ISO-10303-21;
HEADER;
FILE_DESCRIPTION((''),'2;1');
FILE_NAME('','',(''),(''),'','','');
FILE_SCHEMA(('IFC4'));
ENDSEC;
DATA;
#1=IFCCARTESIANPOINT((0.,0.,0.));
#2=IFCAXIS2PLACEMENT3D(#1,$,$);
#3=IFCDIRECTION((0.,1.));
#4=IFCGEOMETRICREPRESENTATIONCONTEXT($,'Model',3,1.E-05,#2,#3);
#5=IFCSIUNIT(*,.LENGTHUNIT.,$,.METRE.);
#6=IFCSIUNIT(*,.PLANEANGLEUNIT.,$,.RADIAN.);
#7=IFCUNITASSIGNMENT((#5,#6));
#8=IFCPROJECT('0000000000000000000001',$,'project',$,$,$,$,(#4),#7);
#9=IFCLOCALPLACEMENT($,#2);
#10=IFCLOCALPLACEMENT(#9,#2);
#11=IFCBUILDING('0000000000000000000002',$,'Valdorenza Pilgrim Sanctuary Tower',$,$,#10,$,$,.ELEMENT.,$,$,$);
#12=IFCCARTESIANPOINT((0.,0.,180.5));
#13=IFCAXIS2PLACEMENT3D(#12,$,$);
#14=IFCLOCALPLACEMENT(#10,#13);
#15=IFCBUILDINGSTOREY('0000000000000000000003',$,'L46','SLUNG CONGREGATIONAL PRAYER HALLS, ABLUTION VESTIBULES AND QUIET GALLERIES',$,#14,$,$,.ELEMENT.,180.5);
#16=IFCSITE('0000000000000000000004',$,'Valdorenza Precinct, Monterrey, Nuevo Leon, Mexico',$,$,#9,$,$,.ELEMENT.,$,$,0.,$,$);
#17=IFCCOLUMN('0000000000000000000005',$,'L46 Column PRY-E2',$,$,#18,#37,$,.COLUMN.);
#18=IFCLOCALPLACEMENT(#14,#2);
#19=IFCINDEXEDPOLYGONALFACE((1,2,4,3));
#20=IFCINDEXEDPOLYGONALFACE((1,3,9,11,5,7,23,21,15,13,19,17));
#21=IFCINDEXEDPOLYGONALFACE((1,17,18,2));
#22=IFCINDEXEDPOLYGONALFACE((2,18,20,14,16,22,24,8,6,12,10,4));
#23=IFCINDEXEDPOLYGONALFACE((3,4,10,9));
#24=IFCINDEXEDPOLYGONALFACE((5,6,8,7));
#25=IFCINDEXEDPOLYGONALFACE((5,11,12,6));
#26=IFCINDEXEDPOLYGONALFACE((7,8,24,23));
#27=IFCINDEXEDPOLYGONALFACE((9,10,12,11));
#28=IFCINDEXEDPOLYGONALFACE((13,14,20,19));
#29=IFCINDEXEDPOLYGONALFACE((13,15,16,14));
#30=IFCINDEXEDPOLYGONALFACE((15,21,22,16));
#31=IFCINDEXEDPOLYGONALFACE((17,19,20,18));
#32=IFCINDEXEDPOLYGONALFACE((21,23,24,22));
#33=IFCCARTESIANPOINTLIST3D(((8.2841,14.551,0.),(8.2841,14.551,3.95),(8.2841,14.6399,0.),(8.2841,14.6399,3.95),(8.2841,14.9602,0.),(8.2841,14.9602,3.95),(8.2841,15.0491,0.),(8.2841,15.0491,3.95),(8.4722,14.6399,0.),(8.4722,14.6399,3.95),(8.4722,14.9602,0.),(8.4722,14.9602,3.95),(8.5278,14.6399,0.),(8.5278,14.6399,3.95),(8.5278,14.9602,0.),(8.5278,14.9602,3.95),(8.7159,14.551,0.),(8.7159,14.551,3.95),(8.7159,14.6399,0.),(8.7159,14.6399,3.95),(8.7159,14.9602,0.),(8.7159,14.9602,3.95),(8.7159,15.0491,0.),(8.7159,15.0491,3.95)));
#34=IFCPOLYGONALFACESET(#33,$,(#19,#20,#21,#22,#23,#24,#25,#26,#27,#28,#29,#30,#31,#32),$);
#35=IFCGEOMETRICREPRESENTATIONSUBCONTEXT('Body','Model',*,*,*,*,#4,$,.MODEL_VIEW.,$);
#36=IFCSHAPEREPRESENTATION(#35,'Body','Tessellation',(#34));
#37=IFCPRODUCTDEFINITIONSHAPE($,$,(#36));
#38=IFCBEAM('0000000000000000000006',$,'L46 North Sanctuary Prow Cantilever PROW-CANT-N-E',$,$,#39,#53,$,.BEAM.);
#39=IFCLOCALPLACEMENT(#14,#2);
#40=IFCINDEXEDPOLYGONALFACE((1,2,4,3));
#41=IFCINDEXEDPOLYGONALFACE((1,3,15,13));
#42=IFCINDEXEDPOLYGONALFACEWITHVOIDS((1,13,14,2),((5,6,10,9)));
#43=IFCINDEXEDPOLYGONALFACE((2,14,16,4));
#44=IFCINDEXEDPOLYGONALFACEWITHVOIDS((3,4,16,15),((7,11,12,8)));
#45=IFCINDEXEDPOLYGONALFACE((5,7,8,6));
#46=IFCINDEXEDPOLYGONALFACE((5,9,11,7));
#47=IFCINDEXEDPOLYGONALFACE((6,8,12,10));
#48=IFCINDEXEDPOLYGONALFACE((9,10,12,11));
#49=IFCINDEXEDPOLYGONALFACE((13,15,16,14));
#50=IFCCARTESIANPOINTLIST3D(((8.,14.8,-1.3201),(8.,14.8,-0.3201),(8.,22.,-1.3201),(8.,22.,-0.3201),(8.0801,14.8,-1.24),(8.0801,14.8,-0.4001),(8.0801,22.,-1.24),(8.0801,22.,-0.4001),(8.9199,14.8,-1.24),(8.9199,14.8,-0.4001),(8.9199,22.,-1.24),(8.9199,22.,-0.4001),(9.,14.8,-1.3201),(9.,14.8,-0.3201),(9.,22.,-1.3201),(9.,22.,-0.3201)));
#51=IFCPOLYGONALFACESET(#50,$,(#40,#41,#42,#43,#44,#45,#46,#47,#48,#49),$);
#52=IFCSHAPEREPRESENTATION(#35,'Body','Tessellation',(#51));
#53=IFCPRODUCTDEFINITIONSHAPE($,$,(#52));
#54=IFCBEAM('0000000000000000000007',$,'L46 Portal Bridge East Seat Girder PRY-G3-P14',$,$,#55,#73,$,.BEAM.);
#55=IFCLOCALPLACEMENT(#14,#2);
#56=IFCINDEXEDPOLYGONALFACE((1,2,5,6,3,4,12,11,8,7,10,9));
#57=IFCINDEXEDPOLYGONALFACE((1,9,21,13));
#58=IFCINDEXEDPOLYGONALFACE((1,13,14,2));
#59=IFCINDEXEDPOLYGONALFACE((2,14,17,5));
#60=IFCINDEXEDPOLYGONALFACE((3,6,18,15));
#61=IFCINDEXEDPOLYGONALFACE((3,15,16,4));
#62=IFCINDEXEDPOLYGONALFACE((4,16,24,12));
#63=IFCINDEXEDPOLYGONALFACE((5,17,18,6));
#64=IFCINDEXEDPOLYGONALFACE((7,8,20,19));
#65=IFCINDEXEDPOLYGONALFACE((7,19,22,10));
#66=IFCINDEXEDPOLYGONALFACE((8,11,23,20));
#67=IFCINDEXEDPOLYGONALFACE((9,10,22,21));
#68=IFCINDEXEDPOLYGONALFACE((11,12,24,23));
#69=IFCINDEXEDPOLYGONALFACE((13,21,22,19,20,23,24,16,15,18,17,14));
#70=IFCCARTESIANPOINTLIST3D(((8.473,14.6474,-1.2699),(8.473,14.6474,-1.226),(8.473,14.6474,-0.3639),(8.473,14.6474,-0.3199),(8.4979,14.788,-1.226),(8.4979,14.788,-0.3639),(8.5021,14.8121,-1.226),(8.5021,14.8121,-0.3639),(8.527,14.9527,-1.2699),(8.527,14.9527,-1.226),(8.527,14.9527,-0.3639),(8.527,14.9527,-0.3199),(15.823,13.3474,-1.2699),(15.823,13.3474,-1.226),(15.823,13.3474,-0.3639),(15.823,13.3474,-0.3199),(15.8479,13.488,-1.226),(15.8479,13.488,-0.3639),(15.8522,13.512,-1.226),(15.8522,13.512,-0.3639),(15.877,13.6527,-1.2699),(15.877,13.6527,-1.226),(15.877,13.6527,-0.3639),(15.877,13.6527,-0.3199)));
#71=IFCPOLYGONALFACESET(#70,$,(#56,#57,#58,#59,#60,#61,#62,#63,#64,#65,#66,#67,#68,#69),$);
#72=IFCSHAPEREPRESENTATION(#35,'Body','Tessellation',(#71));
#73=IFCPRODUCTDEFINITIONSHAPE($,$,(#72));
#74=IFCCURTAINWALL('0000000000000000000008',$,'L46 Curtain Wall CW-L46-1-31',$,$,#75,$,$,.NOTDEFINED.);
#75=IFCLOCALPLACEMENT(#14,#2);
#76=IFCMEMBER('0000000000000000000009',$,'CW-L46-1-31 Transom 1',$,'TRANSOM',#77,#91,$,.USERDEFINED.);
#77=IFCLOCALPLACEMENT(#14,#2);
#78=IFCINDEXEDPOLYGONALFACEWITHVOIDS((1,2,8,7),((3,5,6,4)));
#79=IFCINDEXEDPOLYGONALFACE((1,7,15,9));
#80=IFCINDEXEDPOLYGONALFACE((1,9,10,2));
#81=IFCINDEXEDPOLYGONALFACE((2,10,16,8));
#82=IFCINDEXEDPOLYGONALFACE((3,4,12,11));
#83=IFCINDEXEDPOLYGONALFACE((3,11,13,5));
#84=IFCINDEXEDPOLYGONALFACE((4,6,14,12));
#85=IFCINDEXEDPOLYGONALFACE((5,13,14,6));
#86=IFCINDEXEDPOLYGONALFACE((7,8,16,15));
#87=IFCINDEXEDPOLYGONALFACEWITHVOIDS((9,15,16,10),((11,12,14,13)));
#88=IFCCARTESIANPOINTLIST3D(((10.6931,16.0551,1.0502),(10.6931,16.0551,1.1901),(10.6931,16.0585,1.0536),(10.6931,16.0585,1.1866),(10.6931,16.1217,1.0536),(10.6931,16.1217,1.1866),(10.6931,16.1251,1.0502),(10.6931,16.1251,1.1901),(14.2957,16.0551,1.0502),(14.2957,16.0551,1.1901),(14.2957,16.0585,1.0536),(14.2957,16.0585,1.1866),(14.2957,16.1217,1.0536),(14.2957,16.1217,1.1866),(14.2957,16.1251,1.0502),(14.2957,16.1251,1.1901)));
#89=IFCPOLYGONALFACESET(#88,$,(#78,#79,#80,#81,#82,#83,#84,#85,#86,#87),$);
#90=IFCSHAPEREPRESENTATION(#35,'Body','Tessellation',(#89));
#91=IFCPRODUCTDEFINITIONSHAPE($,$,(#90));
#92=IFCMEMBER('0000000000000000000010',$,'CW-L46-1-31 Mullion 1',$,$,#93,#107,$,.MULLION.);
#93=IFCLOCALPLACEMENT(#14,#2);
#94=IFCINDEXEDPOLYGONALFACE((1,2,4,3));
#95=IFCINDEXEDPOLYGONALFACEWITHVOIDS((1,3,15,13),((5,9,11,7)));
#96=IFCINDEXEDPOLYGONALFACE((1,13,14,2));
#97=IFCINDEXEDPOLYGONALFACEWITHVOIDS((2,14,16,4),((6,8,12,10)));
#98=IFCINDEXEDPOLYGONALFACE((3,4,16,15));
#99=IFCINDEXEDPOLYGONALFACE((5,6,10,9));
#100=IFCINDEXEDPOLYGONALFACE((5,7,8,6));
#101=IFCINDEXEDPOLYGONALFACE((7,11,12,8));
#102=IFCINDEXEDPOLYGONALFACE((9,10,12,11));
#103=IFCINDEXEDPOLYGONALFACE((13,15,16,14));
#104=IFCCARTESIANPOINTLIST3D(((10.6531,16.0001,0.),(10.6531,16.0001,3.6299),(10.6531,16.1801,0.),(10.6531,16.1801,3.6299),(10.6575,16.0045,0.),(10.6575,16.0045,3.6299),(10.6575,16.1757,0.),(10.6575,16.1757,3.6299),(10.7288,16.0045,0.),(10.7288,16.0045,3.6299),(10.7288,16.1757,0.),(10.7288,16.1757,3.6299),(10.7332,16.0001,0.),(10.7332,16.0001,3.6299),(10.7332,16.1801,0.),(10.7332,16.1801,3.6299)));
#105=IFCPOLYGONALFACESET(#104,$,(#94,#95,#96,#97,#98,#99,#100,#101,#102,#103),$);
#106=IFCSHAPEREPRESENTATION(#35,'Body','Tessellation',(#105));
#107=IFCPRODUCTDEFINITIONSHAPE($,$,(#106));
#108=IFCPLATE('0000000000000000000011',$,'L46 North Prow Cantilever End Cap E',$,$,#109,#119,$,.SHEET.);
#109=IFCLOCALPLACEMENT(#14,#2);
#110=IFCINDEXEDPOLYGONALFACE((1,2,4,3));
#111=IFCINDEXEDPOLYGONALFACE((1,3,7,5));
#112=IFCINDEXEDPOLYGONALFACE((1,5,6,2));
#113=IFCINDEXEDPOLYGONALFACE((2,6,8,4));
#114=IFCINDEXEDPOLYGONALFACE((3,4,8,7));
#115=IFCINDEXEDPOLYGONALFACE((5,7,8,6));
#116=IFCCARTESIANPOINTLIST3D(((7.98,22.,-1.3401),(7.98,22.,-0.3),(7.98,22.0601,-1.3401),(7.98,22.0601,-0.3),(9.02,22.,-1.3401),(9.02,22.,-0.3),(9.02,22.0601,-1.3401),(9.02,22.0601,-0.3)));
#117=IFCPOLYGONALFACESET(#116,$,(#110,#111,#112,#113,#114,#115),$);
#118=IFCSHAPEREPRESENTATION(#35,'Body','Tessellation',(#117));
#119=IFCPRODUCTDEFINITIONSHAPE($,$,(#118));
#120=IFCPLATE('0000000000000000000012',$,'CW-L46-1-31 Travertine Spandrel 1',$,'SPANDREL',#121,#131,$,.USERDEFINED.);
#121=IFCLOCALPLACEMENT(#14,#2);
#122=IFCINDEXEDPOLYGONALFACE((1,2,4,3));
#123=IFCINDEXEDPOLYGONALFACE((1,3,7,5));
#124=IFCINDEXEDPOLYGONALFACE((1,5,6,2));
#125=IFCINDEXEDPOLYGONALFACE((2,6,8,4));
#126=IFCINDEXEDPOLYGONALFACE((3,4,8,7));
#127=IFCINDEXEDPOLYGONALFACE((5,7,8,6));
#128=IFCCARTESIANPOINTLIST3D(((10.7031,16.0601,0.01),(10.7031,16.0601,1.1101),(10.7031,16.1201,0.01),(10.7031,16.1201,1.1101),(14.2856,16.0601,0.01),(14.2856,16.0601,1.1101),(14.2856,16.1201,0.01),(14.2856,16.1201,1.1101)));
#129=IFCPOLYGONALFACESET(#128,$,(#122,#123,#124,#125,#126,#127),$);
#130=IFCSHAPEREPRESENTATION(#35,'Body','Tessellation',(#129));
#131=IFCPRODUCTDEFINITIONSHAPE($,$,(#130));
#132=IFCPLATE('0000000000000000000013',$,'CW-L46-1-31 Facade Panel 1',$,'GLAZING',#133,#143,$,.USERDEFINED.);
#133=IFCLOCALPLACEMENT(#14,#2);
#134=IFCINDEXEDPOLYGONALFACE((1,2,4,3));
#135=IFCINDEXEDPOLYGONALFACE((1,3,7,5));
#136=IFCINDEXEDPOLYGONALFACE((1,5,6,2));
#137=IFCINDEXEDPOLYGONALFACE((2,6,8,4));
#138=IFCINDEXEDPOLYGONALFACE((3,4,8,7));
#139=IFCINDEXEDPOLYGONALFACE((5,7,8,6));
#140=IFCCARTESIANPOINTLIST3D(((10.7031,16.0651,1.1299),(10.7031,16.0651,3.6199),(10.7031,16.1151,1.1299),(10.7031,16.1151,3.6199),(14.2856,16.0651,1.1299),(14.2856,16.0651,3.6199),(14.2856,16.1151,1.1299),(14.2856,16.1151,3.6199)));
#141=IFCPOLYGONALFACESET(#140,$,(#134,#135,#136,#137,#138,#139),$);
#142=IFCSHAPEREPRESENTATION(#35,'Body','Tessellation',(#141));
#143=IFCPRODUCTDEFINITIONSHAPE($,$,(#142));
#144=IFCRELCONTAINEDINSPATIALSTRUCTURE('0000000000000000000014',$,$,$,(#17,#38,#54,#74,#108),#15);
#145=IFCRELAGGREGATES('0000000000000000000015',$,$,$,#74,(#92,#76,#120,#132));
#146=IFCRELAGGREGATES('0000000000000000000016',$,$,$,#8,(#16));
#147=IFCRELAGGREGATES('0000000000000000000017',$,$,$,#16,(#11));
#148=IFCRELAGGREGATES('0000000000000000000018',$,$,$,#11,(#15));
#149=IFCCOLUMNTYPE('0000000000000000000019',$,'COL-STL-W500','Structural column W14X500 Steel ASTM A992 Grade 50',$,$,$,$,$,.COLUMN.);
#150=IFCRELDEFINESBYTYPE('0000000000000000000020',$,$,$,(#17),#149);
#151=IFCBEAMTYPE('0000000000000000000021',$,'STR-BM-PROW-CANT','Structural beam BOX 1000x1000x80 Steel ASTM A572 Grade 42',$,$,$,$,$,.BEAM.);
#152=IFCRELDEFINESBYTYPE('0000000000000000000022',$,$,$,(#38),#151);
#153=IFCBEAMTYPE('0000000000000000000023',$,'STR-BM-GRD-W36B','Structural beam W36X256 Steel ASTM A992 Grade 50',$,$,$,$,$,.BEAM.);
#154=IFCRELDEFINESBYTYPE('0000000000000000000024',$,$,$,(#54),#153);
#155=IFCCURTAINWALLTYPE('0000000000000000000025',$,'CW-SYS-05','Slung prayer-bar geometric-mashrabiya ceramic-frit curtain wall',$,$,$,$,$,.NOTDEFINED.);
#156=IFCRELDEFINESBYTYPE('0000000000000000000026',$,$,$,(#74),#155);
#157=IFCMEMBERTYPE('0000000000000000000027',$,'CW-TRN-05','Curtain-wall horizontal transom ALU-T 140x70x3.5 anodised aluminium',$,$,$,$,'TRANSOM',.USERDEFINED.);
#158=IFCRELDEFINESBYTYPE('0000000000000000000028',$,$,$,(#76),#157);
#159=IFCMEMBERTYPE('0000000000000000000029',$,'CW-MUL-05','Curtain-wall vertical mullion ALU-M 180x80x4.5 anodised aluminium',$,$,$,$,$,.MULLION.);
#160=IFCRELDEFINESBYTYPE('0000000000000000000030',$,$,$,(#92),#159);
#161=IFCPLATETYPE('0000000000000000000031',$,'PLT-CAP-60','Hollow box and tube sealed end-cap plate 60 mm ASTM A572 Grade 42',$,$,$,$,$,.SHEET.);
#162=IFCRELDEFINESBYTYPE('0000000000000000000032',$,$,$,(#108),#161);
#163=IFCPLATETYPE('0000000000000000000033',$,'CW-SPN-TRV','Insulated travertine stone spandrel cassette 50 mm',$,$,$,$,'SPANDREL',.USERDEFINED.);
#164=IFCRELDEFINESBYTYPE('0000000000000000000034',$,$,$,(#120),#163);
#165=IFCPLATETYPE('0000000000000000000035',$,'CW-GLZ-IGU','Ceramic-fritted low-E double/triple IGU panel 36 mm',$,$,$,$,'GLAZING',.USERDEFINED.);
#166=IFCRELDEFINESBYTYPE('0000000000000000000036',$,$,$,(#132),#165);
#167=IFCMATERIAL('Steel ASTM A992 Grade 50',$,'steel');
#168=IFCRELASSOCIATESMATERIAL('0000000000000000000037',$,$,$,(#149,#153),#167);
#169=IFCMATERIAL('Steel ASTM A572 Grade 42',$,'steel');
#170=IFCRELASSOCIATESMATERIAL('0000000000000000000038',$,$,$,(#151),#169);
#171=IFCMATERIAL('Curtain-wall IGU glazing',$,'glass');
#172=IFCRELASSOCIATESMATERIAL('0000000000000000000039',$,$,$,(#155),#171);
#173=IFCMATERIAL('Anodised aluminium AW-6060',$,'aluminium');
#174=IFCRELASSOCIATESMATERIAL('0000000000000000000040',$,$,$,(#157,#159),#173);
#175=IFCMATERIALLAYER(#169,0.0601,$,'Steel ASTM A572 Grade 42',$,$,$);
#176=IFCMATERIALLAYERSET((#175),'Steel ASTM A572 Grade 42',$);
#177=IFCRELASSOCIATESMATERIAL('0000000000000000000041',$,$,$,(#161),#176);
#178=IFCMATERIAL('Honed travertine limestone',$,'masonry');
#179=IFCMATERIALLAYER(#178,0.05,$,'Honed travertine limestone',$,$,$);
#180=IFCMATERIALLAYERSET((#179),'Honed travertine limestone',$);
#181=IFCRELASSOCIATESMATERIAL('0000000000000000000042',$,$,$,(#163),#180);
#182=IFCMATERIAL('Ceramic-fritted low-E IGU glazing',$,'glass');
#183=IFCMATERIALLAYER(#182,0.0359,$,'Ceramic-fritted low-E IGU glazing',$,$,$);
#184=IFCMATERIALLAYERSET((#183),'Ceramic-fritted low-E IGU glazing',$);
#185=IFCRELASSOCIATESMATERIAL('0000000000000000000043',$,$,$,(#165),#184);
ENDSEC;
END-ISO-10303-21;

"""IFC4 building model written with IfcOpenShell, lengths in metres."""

from ifc_helpers import new_model, si_unit, direction, frame, origin, origin_2d, place, context, subcontext, project, spatial, rectangle, hollow_rectangle, i_section, extrude, source, transform, mapped, material, layer, layer_set, material_profile, profile_set, type_object, element, aggregate, save


model = new_model("IFC4")

# Units and contexts
model_context = context("Model", 3, precision=1e-05, world=origin(), true_north=direction((0.0, 1.0)))
body_context = subcontext(model_context, "Body", "Model", "MODEL_VIEW")
ifc_project = project(units=[si_unit("LENGTHUNIT", "METRE"), si_unit("PLANEANGLEUNIT", "RADIAN")], contexts=[model_context])

# Site, building, storey
site_placement = place(None, origin())
site = spatial("IfcSite", under=ifc_project, at=site_placement, Name="Valdorenza Precinct, Monterrey, Nuevo Leon, Mexico", CompositionType="ELEMENT", RefElevation=0.0)
building_placement = place(site_placement, origin())
building = spatial("IfcBuilding", under=site, at=building_placement, Name="Valdorenza Pilgrim Sanctuary Tower", CompositionType="ELEMENT")
storey_placement = place(building_placement, frame((0.0, 0.0, 180.5)))
storey = spatial("IfcBuildingStorey", under=building, at=storey_placement, Name="L46", Description="SLUNG CONGREGATIONAL PRAYER HALLS, ABLUTION VESTIBULES AND QUIET GALLERIES", CompositionType="ELEMENT", Elevation=180.5)

# Column
ifc_material_1 = material(Name="Steel ASTM A992 Grade 50", Category="steel")
ifc_material_profile_1 = material_profile(ifc_material_1, i_section(OverallWidth=0.4319, OverallDepth=0.498, WebThickness=0.0557, FlangeThickness=0.0889, at=origin_2d()), Name="W14X500")
ifc_profile_set_1 = profile_set([ifc_material_profile_1], Name="Steel ASTM A992 Grade 50")
column_type = type_object("IfcColumnType", Name="COL-STL-W500", Description="Structural column W14X500 Steel ASTM A992 Grade 50", PredefinedType="COLUMN", material=ifc_profile_set_1)
shared_shape_1 = source(origin(), body_context, "Body", "SweptSolid", [
    extrude(i_section(OverallWidth=0.4319, OverallDepth=0.498, WebThickness=0.0557, FlangeThickness=0.0889, at=origin_2d()), origin(), (0.0, 0.0, 1.0), 3.95),
])
column_placement = place(storey_placement, frame((8.5, 14.8, 0.0), z_axis=(0.0, 0.0, 1.0), x_axis=(1.0, 0.0, 0.0)))
element("IfcColumn", 1, at=column_placement, inside=storey, type_object=column_type, Name="L46 Column PRY-E2", PredefinedType="COLUMN", context=body_context, shape_type="MappedRepresentation", body=[
    mapped(shared_shape_1, transform((0.0, 0.0, 0.0), x_axis=(1.0, 0.0, 0.0), y_axis=(0.0, 1.0, 0.0), z_axis=(0.0, 0.0, 1.0), scale=1.0)),
])

# Beams
ifc_material_2 = material(Name="Steel ASTM A572 Grade 42", Category="steel")
ifc_material_profile_2 = material_profile(ifc_material_2, hollow_rectangle(XDim=1.0, YDim=1.0, WallThickness=0.0801, at=origin_2d()), Name="BOX 1000x1000x80")
ifc_profile_set_2 = profile_set([ifc_material_profile_2], Name="Steel ASTM A572 Grade 42")
beam_type_1 = type_object("IfcBeamType", Name="STR-BM-PROW-CANT", Description="Structural beam BOX 1000x1000x80 Steel ASTM A572 Grade 42", PredefinedType="BEAM", material=ifc_profile_set_2)
shared_shape_2 = source(origin(), body_context, "Body", "SweptSolid", [
    extrude(hollow_rectangle(XDim=1.0, YDim=1.0, WallThickness=0.0801, at=origin_2d()), origin(), (0.0, 0.0, 1.0), 7.2),
])
beam_1_placement = place(storey_placement, frame((8.5, 14.8, -0.8201), z_axis=(0.0, 1.0, 0.0), x_axis=(-1.0, 0.0, 0.0)))
element("IfcBeam", 2, at=beam_1_placement, inside=storey, type_object=beam_type_1, Name="L46 North Sanctuary Prow Cantilever PROW-CANT-N-E", PredefinedType="BEAM", context=body_context, shape_type="MappedRepresentation", body=[
    mapped(shared_shape_2, transform((0.0, 0.0, 0.0), x_axis=(1.0, 0.0, 0.0), y_axis=(0.0, 1.0, 0.0), z_axis=(0.0, 0.0, 1.0), scale=1.0)),
])
ifc_material_profile_3 = material_profile(ifc_material_1, i_section(OverallWidth=0.3101, OverallDepth=0.95, WebThickness=0.0244, FlangeThickness=0.0439, at=origin_2d()), Name="W36X256")
ifc_profile_set_3 = profile_set([ifc_material_profile_3], Name="Steel ASTM A992 Grade 50")
beam_type_2 = type_object("IfcBeamType", Name="STR-BM-GRD-W36B", Description="Structural beam W36X256 Steel ASTM A992 Grade 50", PredefinedType="BEAM", material=ifc_profile_set_3)
shared_shape_3 = source(origin(), body_context, "Body", "SweptSolid", [
    extrude(i_section(OverallWidth=0.3101, OverallDepth=0.95, WebThickness=0.0244, FlangeThickness=0.0439, at=origin_2d()), origin(), (0.0, 0.0, 1.0), 7.4641),
])
beam_2_placement = place(storey_placement, frame((8.5, 14.8, -0.7949), z_axis=(0.984715, -0.174172, 0.0), x_axis=(0.174172, 0.984715, 0.0)))
element("IfcBeam", 3, at=beam_2_placement, inside=storey, type_object=beam_type_2, Name="L46 Portal Bridge East Seat Girder PRY-G3-P14", PredefinedType="BEAM", context=body_context, shape_type="MappedRepresentation", body=[
    mapped(shared_shape_3, transform((0.0, 0.0, 0.0), x_axis=(1.0, 0.0, 0.0), y_axis=(0.0, 1.0, 0.0), z_axis=(0.0, 0.0, 1.0), scale=1.0)),
])

# Curtain wall, members
ifc_material_3 = material(Name="Curtain-wall IGU glazing", Category="glass")
curtain_wall_type = type_object("IfcCurtainWallType", Name="CW-SYS-05", Description="Slung prayer-bar geometric-mashrabiya ceramic-frit curtain wall", PredefinedType="NOTDEFINED", material=ifc_material_3)
curtain_wall_placement = place(storey_placement, origin())
curtain_wall = element("IfcCurtainWall", 4, at=curtain_wall_placement, inside=storey, type_object=curtain_wall_type, Name="L46 Curtain Wall CW-L46-1-31", PredefinedType="NOTDEFINED")
ifc_material_4 = material(Name="Anodised aluminium AW-6060", Category="aluminium")
ifc_material_profile_4 = material_profile(ifc_material_4, hollow_rectangle(XDim=0.0701, YDim=0.1399, WallThickness=0.0034, at=origin_2d()), Name="ALU-T 140x70x3.5")
ifc_profile_set_4 = profile_set([ifc_material_profile_4], Name="Anodised aluminium AW-6060")
member_type_1 = type_object("IfcMemberType", Name="CW-TRN-05", Description="Curtain-wall horizontal transom ALU-T 140x70x3.5 anodised aluminium", ElementType="TRANSOM", PredefinedType="USERDEFINED", material=ifc_profile_set_4)
shared_shape_4 = source(origin(), body_context, "Body", "SweptSolid", [
    extrude(hollow_rectangle(XDim=0.0701, YDim=0.1399, WallThickness=0.0034, at=origin_2d()), origin(), (0.0, 0.0, 1.0), 3.6025),
])
member_1_placement = place(storey_placement, frame((10.6931, 16.0901, 1.1201), z_axis=(1.0, 0.0, 0.0), x_axis=(0.0, 1.0, 0.0)))
member_1 = element("IfcMember", 5, at=member_1_placement, type_object=member_type_1, Name="CW-L46-1-31 Transom 1", ObjectType="TRANSOM", PredefinedType="USERDEFINED", context=body_context, shape_type="MappedRepresentation", body=[
    mapped(shared_shape_4, transform((0.0, 0.0, 0.0), x_axis=(1.0, 0.0, 0.0), y_axis=(0.0, 1.0, 0.0), z_axis=(0.0, 0.0, 1.0), scale=1.0)),
])
ifc_material_profile_5 = material_profile(ifc_material_4, hollow_rectangle(XDim=0.0801, YDim=0.1799, WallThickness=0.0044, at=origin_2d()), Name="ALU-M 180x80x4.5")
ifc_profile_set_5 = profile_set([ifc_material_profile_5], Name="Anodised aluminium AW-6060")
member_type_2 = type_object("IfcMemberType", Name="CW-MUL-05", Description="Curtain-wall vertical mullion ALU-M 180x80x4.5 anodised aluminium", PredefinedType="MULLION", material=ifc_profile_set_5)
shared_shape_5 = source(origin(), body_context, "Body", "SweptSolid", [
    extrude(hollow_rectangle(XDim=0.0801, YDim=0.1799, WallThickness=0.0044, at=origin_2d()), origin(), (0.0, 0.0, 1.0), 3.6299),
])
member_2_placement = place(storey_placement, frame((10.6931, 16.0901, 0.0), z_axis=(0.0, 0.0, 1.0), x_axis=(1.0, 0.0, 0.0)))
member_2 = element("IfcMember", 6, at=member_2_placement, type_object=member_type_2, Name="CW-L46-1-31 Mullion 1", PredefinedType="MULLION", context=body_context, shape_type="MappedRepresentation", body=[
    mapped(shared_shape_5, transform((0.0, 0.0, 0.0), x_axis=(1.0, 0.0, 0.0), y_axis=(0.0, 1.0, 0.0), z_axis=(0.0, 0.0, 1.0), scale=1.0)),
])

# Plates
ifc_layer_1 = layer(ifc_material_2, 0.0601, Name="Steel ASTM A572 Grade 42")
ifc_layer_set_1 = layer_set([ifc_layer_1], Name="Steel ASTM A572 Grade 42")
plate_type_1 = type_object("IfcPlateType", Name="PLT-CAP-60", Description="Hollow box and tube sealed end-cap plate 60 mm ASTM A572 Grade 42", PredefinedType="SHEET", material=ifc_layer_set_1)
shared_shape_6 = source(origin(), body_context, "Body", "SweptSolid", [
    extrude(rectangle(XDim=1.04, YDim=0.0601, at=origin_2d()), origin(), (0.0, 0.0, 1.0), 1.04),
])
plate_1_placement = place(storey_placement, frame((8.5, 22.03, -1.3401), z_axis=(0.0, 0.0, 1.0), x_axis=(1.0, 0.0, 0.0)))
element("IfcPlate", 7, at=plate_1_placement, inside=storey, type_object=plate_type_1, Name="L46 North Prow Cantilever End Cap E", PredefinedType="SHEET", context=body_context, shape_type="MappedRepresentation", body=[
    mapped(shared_shape_6, transform((0.0, 0.0, 0.0), x_axis=(1.0, 0.0, 0.0), y_axis=(0.0, 1.0, 0.0), z_axis=(0.0, 0.0, 1.0), scale=1.0)),
])
ifc_material_5 = material(Name="Honed travertine limestone", Category="masonry")
ifc_layer_2 = layer(ifc_material_5, 0.05, Name="Honed travertine limestone")
ifc_layer_set_2 = layer_set([ifc_layer_2], Name="Honed travertine limestone")
plate_type_2 = type_object("IfcPlateType", Name="CW-SPN-TRV", Description="Insulated travertine stone spandrel cassette 50 mm", ElementType="SPANDREL", PredefinedType="USERDEFINED", material=ifc_layer_set_2)
shared_shape_7 = source(origin(), body_context, "Body", "SweptSolid", [
    extrude(rectangle(XDim=3.5825, YDim=0.0601, at=origin_2d()), origin(), (0.0, 0.0, 1.0), 1.1001),
])
plate_2_placement = place(storey_placement, frame((12.4944, 16.0901, 0.01), z_axis=(0.0, 0.0, 1.0), x_axis=(1.0, 0.0, 0.0)))
plate_2 = element("IfcPlate", 8, at=plate_2_placement, type_object=plate_type_2, Name="CW-L46-1-31 Travertine Spandrel 1", ObjectType="SPANDREL", PredefinedType="USERDEFINED", context=body_context, shape_type="MappedRepresentation", body=[
    mapped(shared_shape_7, transform((0.0, 0.0, 0.0), x_axis=(1.0, 0.0, 0.0), y_axis=(0.0, 1.0, 0.0), z_axis=(0.0, 0.0, 1.0), scale=1.0)),
])
ifc_material_6 = material(Name="Ceramic-fritted low-E IGU glazing", Category="glass")
ifc_layer_3 = layer(ifc_material_6, 0.0359, Name="Ceramic-fritted low-E IGU glazing")
ifc_layer_set_3 = layer_set([ifc_layer_3], Name="Ceramic-fritted low-E IGU glazing")
plate_type_3 = type_object("IfcPlateType", Name="CW-GLZ-IGU", Description="Ceramic-fritted low-E double/triple IGU panel 36 mm", ElementType="GLAZING", PredefinedType="USERDEFINED", material=ifc_layer_set_3)
shared_shape_8 = source(origin(), body_context, "Body", "SweptSolid", [
    extrude(rectangle(XDim=3.5825, YDim=0.05, at=origin_2d()), origin(), (0.0, 0.0, 1.0), 2.49),
])
plate_3_placement = place(storey_placement, frame((12.4944, 16.0901, 1.1299), z_axis=(0.0, 0.0, 1.0), x_axis=(1.0, 0.0, 0.0)))
plate_3 = element("IfcPlate", 9, at=plate_3_placement, type_object=plate_type_3, Name="CW-L46-1-31 Facade Panel 1", ObjectType="GLAZING", PredefinedType="USERDEFINED", context=body_context, shape_type="MappedRepresentation", body=[
    mapped(shared_shape_8, transform((0.0, 0.0, 0.0), x_axis=(1.0, 0.0, 0.0), y_axis=(0.0, 1.0, 0.0), z_axis=(0.0, 0.0, 1.0), scale=1.0)),
])
aggregate(curtain_wall, [member_2, member_1, plate_2, plate_3])

save(model, "model.ifc")
